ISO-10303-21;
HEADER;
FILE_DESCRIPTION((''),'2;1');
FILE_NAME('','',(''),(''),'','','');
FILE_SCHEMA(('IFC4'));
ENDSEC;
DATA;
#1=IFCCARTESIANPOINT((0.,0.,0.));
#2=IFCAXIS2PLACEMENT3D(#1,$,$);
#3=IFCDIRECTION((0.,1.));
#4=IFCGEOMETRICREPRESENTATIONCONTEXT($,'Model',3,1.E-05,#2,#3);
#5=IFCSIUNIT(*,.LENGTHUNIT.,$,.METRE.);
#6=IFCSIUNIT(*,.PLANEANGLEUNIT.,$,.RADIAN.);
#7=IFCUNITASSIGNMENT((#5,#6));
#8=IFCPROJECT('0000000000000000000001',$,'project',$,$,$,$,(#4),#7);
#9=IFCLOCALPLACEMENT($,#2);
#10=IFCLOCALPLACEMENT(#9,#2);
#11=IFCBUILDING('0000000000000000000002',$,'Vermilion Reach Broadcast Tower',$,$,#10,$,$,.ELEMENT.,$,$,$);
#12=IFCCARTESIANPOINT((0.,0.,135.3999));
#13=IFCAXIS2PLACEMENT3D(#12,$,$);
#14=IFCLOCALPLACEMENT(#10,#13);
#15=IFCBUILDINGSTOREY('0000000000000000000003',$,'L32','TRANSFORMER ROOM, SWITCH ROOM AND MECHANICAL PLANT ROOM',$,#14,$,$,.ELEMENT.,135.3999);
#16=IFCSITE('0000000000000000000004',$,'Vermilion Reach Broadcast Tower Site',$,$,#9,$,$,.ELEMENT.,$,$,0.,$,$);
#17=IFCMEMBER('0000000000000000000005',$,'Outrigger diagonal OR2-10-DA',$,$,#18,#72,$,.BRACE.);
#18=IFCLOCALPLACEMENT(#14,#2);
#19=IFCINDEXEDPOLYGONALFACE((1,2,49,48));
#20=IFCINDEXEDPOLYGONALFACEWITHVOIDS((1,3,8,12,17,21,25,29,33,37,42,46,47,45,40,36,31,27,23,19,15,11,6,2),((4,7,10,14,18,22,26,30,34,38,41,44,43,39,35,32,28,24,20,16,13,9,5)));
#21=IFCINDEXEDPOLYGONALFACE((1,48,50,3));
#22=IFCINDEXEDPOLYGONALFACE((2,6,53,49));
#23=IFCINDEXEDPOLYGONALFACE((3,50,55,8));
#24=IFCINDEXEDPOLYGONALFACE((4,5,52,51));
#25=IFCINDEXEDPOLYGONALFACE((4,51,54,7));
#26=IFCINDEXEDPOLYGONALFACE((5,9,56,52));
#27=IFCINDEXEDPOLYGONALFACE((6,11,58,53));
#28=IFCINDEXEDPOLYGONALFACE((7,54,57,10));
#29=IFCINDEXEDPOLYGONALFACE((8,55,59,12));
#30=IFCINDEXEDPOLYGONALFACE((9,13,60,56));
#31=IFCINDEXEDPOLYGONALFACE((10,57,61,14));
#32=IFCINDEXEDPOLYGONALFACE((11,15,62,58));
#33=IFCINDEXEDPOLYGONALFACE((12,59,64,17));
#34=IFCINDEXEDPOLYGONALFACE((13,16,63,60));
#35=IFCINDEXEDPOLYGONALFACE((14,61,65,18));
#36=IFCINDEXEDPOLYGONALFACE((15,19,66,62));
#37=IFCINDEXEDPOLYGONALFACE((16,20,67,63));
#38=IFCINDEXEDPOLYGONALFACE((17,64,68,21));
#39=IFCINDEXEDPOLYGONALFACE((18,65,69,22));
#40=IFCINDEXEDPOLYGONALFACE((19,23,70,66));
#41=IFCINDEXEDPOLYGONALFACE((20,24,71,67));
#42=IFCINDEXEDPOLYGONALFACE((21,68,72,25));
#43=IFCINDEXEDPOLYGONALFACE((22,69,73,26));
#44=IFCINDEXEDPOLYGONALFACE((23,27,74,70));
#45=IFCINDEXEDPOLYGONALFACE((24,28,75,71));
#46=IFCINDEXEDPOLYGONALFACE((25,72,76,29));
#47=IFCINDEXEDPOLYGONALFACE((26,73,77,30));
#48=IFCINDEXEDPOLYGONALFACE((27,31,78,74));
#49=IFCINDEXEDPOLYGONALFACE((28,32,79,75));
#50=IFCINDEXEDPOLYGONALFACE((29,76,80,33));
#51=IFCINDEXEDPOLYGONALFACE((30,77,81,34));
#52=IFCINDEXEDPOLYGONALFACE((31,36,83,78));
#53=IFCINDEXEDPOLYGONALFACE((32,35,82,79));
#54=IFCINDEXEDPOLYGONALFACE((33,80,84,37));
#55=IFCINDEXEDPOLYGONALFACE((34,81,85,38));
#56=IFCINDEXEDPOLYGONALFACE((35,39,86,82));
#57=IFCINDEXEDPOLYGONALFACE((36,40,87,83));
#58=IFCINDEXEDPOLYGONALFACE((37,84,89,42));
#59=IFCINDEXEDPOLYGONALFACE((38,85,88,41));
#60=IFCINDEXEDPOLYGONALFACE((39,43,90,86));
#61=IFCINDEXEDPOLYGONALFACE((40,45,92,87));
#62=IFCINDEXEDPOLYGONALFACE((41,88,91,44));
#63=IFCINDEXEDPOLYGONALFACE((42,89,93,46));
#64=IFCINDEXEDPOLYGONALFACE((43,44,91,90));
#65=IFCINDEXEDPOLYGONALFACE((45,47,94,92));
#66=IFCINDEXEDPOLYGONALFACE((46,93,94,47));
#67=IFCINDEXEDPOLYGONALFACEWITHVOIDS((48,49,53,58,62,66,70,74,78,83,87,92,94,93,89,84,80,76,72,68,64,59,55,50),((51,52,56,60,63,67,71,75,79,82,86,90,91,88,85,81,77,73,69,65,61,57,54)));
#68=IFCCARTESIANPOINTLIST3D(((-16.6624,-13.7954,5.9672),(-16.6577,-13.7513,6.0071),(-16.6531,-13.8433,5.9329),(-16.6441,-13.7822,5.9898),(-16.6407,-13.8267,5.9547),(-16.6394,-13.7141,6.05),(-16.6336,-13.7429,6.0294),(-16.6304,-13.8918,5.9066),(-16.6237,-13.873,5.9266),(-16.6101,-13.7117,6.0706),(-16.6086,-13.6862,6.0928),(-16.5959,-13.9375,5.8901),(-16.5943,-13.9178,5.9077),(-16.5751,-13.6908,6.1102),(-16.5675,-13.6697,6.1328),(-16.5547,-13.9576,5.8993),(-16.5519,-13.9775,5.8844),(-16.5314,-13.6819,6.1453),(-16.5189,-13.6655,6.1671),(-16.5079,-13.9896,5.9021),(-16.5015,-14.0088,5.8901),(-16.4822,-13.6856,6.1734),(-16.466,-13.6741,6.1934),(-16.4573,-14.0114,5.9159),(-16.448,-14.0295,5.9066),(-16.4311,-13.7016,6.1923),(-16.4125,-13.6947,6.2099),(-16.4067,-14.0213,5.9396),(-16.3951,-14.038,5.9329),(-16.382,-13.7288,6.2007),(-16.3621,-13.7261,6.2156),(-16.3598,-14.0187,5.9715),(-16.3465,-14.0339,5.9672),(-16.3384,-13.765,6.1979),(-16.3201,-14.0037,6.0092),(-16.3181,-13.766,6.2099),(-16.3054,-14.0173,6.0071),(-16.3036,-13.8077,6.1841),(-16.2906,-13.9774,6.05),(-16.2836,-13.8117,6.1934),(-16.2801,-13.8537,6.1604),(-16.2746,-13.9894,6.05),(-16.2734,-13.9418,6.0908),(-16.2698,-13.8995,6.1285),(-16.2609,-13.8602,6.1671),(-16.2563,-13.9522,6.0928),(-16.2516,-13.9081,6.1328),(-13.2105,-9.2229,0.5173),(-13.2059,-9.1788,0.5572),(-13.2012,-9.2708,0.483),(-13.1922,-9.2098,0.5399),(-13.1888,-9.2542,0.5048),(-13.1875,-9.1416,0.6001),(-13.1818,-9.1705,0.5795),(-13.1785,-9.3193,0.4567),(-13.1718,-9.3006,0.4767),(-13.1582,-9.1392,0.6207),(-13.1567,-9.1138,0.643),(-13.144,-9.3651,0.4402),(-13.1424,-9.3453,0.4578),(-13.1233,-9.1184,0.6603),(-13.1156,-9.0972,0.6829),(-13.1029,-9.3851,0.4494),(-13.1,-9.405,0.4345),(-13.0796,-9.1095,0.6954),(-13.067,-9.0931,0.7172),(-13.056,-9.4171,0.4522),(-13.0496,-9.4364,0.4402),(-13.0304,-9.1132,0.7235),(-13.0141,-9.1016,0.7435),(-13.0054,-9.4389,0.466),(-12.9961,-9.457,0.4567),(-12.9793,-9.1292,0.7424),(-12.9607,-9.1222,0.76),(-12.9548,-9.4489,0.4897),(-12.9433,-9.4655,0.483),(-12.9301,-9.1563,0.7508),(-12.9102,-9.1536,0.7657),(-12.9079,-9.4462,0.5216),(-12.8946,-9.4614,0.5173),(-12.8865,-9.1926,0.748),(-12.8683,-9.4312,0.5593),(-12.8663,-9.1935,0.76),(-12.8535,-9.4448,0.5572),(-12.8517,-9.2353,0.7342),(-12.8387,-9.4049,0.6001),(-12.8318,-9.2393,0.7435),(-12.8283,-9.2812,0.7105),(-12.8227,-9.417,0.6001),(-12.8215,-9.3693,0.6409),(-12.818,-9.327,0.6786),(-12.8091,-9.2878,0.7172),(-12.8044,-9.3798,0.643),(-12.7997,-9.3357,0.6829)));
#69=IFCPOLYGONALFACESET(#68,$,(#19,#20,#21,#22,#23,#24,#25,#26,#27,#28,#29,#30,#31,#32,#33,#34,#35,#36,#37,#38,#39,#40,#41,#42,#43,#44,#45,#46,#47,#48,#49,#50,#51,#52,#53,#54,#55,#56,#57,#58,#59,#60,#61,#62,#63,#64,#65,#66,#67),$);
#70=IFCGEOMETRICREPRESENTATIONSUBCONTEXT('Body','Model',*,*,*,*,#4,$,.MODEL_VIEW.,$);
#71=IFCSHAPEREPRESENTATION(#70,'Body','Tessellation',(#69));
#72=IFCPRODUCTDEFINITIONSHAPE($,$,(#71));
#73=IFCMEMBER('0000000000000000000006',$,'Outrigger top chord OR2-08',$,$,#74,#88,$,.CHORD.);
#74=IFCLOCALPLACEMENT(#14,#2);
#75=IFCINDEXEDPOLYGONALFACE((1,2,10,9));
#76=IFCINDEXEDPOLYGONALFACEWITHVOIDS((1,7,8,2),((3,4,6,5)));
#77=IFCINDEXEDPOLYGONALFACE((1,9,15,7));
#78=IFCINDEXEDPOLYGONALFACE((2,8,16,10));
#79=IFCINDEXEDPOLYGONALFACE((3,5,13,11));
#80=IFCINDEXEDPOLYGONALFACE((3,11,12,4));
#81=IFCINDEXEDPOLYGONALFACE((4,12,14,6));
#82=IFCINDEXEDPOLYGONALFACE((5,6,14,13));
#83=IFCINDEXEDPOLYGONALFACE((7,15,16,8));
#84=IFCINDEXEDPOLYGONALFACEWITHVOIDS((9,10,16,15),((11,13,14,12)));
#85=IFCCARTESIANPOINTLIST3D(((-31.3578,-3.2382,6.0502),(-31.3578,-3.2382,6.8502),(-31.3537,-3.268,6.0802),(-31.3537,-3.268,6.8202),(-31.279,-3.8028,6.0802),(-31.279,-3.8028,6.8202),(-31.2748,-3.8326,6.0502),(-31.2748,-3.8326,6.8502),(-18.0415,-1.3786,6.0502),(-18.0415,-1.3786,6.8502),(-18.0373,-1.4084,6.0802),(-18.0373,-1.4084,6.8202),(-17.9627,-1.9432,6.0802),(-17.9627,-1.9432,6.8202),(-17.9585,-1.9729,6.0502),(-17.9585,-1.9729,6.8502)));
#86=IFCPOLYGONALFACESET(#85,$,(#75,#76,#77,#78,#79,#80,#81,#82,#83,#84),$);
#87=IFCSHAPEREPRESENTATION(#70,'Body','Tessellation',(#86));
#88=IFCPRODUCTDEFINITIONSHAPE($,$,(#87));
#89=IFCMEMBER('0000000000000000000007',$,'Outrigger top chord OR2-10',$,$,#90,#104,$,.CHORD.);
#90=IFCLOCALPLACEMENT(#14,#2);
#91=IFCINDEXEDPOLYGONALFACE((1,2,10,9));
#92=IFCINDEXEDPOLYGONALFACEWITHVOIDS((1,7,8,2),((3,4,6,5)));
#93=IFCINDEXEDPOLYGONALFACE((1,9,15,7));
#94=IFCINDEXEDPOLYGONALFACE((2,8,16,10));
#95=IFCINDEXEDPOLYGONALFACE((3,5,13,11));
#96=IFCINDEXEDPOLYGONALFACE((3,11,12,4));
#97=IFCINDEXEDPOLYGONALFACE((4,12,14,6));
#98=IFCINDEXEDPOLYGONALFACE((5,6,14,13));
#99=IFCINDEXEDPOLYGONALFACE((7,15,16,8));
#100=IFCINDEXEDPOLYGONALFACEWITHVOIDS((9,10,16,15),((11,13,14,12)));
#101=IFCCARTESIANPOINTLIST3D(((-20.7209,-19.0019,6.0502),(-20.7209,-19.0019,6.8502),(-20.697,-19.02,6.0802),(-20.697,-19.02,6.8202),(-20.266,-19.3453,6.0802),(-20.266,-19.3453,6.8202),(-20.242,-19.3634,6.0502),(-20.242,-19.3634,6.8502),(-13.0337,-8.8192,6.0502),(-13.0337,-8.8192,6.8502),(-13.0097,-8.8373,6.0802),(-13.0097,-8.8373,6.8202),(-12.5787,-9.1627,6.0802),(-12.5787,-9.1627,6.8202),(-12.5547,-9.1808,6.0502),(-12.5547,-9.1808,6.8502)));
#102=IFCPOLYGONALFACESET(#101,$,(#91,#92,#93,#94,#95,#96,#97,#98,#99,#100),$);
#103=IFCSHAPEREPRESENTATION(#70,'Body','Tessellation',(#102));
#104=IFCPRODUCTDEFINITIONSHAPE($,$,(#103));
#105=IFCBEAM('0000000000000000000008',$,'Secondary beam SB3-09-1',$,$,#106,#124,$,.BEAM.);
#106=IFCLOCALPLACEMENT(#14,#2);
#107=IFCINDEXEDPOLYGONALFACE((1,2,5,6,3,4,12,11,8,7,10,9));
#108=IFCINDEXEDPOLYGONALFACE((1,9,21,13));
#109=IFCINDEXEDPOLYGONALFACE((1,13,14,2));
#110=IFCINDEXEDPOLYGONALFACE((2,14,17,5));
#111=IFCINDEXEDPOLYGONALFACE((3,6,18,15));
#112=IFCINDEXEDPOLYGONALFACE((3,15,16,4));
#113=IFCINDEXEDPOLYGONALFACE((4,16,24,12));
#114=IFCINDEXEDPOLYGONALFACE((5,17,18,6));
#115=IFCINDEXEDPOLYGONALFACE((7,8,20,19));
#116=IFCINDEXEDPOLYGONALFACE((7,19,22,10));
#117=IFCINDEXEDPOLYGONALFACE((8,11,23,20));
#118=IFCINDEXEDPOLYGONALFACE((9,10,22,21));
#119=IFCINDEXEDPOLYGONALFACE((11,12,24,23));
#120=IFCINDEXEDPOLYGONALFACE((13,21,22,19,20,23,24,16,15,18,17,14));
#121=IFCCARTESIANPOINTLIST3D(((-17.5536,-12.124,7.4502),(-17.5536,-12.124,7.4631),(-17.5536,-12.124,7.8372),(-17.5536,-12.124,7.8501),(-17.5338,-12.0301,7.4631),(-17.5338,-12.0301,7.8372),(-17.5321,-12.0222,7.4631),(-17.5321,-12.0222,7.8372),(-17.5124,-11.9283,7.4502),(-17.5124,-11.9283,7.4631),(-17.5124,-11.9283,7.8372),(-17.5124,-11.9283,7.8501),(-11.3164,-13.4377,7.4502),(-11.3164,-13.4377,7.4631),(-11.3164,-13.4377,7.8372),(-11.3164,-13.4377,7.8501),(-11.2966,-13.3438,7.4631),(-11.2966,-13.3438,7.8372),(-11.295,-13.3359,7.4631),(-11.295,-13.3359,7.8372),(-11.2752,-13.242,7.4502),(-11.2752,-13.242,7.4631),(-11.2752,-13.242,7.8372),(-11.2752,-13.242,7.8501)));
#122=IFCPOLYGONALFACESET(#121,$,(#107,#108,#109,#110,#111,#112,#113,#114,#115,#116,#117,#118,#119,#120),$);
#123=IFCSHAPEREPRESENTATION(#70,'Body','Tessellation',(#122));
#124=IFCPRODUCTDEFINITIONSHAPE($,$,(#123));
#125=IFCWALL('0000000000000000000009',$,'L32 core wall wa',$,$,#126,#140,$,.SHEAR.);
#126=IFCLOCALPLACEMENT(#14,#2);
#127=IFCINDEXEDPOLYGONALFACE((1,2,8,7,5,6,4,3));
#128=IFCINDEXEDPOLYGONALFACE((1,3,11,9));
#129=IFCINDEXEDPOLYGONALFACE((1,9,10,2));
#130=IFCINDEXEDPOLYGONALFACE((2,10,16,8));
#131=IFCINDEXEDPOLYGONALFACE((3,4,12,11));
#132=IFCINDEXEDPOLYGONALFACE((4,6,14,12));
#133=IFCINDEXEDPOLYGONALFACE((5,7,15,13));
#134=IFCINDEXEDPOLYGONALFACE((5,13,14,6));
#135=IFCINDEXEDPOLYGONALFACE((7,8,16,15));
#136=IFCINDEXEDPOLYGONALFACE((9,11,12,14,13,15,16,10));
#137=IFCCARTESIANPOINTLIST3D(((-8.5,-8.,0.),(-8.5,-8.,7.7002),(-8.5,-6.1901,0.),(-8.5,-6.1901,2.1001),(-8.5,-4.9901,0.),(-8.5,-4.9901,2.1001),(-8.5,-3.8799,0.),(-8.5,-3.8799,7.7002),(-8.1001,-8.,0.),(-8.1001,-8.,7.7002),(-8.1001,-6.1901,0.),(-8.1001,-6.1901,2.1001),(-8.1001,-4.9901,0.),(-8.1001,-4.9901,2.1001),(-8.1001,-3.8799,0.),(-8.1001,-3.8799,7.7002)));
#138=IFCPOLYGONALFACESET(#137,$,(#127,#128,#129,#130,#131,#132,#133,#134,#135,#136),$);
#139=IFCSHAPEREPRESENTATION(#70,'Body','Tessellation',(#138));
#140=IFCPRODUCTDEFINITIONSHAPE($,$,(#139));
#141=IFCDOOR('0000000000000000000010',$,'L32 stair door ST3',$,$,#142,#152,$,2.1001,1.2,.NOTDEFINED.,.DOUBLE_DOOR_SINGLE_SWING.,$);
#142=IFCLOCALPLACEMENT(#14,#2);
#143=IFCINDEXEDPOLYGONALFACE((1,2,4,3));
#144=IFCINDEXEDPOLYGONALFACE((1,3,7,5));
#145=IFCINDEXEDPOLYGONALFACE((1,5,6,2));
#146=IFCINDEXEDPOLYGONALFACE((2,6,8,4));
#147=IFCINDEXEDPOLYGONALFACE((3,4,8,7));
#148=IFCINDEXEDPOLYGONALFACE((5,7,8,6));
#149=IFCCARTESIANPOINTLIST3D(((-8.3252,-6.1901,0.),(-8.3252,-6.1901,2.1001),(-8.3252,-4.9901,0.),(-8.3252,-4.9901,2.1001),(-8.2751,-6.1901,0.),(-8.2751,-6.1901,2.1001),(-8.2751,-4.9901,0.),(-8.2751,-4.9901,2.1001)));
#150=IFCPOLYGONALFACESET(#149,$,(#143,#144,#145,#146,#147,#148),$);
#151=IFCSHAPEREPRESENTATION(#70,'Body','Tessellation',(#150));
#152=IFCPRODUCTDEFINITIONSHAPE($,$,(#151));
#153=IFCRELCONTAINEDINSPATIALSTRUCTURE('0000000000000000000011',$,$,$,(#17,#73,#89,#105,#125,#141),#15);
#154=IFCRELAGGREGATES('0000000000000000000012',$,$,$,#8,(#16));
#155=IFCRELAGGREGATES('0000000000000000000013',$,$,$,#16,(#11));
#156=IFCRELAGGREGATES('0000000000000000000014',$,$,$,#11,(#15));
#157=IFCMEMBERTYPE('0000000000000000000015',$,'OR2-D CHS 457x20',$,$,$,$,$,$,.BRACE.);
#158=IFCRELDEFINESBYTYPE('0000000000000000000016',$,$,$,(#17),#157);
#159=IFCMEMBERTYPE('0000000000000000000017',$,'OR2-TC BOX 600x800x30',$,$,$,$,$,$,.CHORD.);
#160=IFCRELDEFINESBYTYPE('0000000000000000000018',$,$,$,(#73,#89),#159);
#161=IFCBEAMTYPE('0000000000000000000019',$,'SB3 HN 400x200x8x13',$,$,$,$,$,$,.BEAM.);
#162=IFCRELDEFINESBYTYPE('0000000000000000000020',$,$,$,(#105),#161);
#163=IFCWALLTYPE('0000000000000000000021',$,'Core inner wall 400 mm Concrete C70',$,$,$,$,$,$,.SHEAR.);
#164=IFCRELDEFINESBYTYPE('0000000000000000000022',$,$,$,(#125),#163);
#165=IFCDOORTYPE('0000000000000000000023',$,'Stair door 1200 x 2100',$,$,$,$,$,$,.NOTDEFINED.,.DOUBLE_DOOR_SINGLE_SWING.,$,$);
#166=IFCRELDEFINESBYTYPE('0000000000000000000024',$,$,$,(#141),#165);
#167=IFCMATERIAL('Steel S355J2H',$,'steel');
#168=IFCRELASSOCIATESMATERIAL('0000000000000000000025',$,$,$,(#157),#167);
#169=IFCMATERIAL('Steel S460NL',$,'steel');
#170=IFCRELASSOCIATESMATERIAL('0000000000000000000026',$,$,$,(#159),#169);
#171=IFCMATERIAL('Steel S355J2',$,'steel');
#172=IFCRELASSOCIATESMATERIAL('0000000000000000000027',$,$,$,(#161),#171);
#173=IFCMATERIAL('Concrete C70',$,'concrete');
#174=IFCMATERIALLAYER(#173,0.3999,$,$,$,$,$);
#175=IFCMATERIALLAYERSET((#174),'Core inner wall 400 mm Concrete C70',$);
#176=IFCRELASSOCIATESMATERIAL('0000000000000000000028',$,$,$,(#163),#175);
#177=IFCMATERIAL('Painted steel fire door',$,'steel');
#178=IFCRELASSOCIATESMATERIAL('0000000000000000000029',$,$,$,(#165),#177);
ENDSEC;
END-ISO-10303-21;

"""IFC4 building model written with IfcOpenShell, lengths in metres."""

from ifc_helpers import new_model, si_unit, direction, frame, frame_2d, origin, origin_2d, place, context, subcontext, project, spatial, rectangle, hollow_rectangle, hollow_circle, i_section, extrude, material, layer, layer_set, material_profile, profile_set, type_object, element, fill, save


model = new_model("IFC4")

# Units and contexts
model_context = context("Model", 3, precision=1e-05, world=origin(), true_north=direction((0.0, 1.0)))
body_context = subcontext(model_context, "Body", "Model", "MODEL_VIEW")
ifc_project = project(units=[si_unit("LENGTHUNIT", "METRE"), si_unit("PLANEANGLEUNIT", "RADIAN")], contexts=[model_context])

# Site, building, storey
site_placement = place(None, origin())
site = spatial("IfcSite", under=ifc_project, at=site_placement, Name="Vermilion Reach Broadcast Tower Site", CompositionType="ELEMENT", RefElevation=0.0)
building_placement = place(site_placement, origin())
building = spatial("IfcBuilding", under=site, at=building_placement, Name="Vermilion Reach Broadcast Tower", CompositionType="ELEMENT")
storey_placement = place(building_placement, frame((0.0, 0.0, 135.3999)))
storey = spatial("IfcBuildingStorey", under=building, at=storey_placement, Name="L32", Description="TRANSFORMER ROOM, SWITCH ROOM AND MECHANICAL PLANT ROOM", CompositionType="ELEMENT", Elevation=135.3999)

# Members
ifc_material_1 = material(Name="Steel S355J2H", Category="steel")
ifc_material_profile_1 = material_profile(ifc_material_1, hollow_circle(Radius=0.2285, WallThickness=0.02, at=origin_2d()), Name="S355J2H CHS 457x20")
ifc_profile_set_1 = profile_set([ifc_material_profile_1], Name="Steel S355J2H")
member_type_1 = type_object("IfcMemberType", Name="OR2-D CHS 457x20", PredefinedType="BRACE", material=ifc_profile_set_1)
member_1_placement = place(storey_placement, frame((-13.0051, -9.2793, 0.6001), z_axis=(-0.436546, -0.578264, 0.68923), x_axis=(0.798109, -0.602513, 0.0)))
element("IfcMember", 1, at=member_1_placement, inside=storey, type_object=member_type_1, Name="Outrigger diagonal OR2-10-DA", PredefinedType="BRACE", context=body_context, shape_type="SweptSolid", body=[
    extrude(hollow_circle(Radius=0.2285, WallThickness=0.02, at=origin_2d()), origin(), (0.0, 0.0, 1.0), 7.9072),
])
ifc_material_2 = material(Name="Steel S460NL", Category="steel")
ifc_material_profile_2 = material_profile(ifc_material_2, hollow_rectangle(XDim=0.6001, YDim=0.8, WallThickness=0.03, at=origin_2d()), Name="S460NL BOX 600x800x30")
ifc_profile_set_2 = profile_set([ifc_material_profile_2], Name="Steel S460NL")
member_type_2 = type_object("IfcMemberType", Name="OR2-TC BOX 600x800x30", PredefinedType="CHORD", material=ifc_profile_set_2)
member_2_placement = place(storey_placement, frame((-18.0, -1.6758, 6.4502), z_axis=(-0.990389, -0.138307, 0.0), x_axis=(0.138307, -0.990389, 0.0)))
element("IfcMember", 2, at=member_2_placement, inside=storey, type_object=member_type_2, Name="Outrigger top chord OR2-08", PredefinedType="CHORD", context=body_context, shape_type="SweptSolid", body=[
    extrude(hollow_rectangle(XDim=0.6001, YDim=0.8, WallThickness=0.03, at=origin_2d()), origin(), (0.0, 0.0, 1.0), 13.4456),
])
member_3_placement = place(storey_placement, frame((-12.7942, -9.0, 6.4502), z_axis=(-0.60252, -0.798104, 0.0), x_axis=(0.798104, -0.60252, 0.0)))
element("IfcMember", 3, at=member_3_placement, inside=storey, type_object=member_type_2, Name="Outrigger top chord OR2-10", PredefinedType="CHORD", context=body_context, shape_type="SweptSolid", body=[
    extrude(hollow_rectangle(XDim=0.6001, YDim=0.8, WallThickness=0.03, at=origin_2d()), origin(), (0.0, 0.0, 1.0), 12.7585),
])

# Beam
ifc_material_3 = material(Name="Steel S355J2", Category="steel")
ifc_material_profile_3 = material_profile(ifc_material_3, i_section(OverallWidth=0.2, OverallDepth=0.3999, WebThickness=0.0081, FlangeThickness=0.0129, at=origin_2d()), Name="S355J2 HN 400x200x8x13")
ifc_profile_set_3 = profile_set([ifc_material_profile_3], Name="Steel S355J2")
beam_type_1 = type_object("IfcBeamType", Name="SB3 HN 400x200x8x13", PredefinedType="BEAM", material=ifc_profile_set_3)
beam_1_placement = place(storey_placement, frame((-17.533, -12.0261, 7.6501), z_axis=(0.978529, -0.206109, 0.0), x_axis=(0.206109, 0.978529, 0.0)))
element("IfcBeam", 4, at=beam_1_placement, inside=storey, type_object=beam_type_1, Name="Secondary beam SB3-09-1", PredefinedType="BEAM", context=body_context, shape_type="SweptSolid", body=[
    extrude(i_section(OverallWidth=0.2, OverallDepth=0.3999, WebThickness=0.0081, FlangeThickness=0.0129, at=origin_2d()), origin(), (0.0, 0.0, 1.0), 6.374),
])

# Wall, opening, door
ifc_material_4 = material(Name="Concrete C70", Category="concrete")
ifc_layer_1 = layer(ifc_material_4, 0.3999)
ifc_layer_set_1 = layer_set([ifc_layer_1], Name="Core inner wall 400 mm Concrete C70")
wall_type_1 = type_object("IfcWallType", Name="Core inner wall 400 mm Concrete C70", PredefinedType="SHEAR", material=ifc_layer_set_1)
wall_1_placement = place(storey_placement, frame((-8.3, -3.8799, 0.0), z_axis=(0.0, 0.0, 1.0), x_axis=(0.0, -1.0, 0.0)))
wall_1 = element("IfcWall", 5, at=wall_1_placement, inside=storey, type_object=wall_type_1, Name="L32 core wall wa", PredefinedType="SHEAR", context=body_context, shape_type="SweptSolid", body=[
    extrude(rectangle(XDim=4.1201, YDim=0.3999, at=frame_2d((2.0601, 0.0))), origin(), (0.0, 0.0, 1.0), 7.7002),
])
opening_1_placement = place(wall_1_placement, frame((1.1101, 0.0, 0.0)))
opening_1 = element("IfcOpeningElement", 6, at=opening_1_placement, cuts=wall_1, PredefinedType="OPENING", context=body_context, shape_type="SweptSolid", body=[
    extrude(rectangle(XDim=1.2, YDim=2.1001, at=frame_2d((0.6001, 1.05))), frame((0.0, 0.21, 0.0), z_axis=(0.0, -1.0, 0.0), x_axis=(1.0, 0.0, 0.0)), (0.0, 0.0, 1.0), 0.4199),
])
ifc_material_5 = material(Name="Painted steel fire door", Category="steel")
door_type_1 = type_object("IfcDoorType", Name="Stair door 1200 x 2100", OperationType="DOUBLE_DOOR_SINGLE_SWING", PredefinedType="NOTDEFINED", material=ifc_material_5)
door_1_placement = place(opening_1_placement, origin())
door_1 = element("IfcDoor", 7, at=door_1_placement, inside=storey, type_object=door_type_1, Name="L32 stair door ST3", OperationType="DOUBLE_DOOR_SINGLE_SWING", OverallHeight=2.1001, OverallWidth=1.2, PredefinedType="NOTDEFINED", context=body_context, shape_type="SweptSolid", body=[
    extrude(rectangle(XDim=1.2, YDim=2.1001, at=frame_2d((0.6001, 1.05))), frame((0.0, 0.0249, 0.0), z_axis=(0.0, -1.0, 0.0), x_axis=(1.0, 0.0, 0.0)), (0.0, 0.0, 1.0), 0.05),
])
fill(opening_1, door_1)

save(model, "model.ifc")
